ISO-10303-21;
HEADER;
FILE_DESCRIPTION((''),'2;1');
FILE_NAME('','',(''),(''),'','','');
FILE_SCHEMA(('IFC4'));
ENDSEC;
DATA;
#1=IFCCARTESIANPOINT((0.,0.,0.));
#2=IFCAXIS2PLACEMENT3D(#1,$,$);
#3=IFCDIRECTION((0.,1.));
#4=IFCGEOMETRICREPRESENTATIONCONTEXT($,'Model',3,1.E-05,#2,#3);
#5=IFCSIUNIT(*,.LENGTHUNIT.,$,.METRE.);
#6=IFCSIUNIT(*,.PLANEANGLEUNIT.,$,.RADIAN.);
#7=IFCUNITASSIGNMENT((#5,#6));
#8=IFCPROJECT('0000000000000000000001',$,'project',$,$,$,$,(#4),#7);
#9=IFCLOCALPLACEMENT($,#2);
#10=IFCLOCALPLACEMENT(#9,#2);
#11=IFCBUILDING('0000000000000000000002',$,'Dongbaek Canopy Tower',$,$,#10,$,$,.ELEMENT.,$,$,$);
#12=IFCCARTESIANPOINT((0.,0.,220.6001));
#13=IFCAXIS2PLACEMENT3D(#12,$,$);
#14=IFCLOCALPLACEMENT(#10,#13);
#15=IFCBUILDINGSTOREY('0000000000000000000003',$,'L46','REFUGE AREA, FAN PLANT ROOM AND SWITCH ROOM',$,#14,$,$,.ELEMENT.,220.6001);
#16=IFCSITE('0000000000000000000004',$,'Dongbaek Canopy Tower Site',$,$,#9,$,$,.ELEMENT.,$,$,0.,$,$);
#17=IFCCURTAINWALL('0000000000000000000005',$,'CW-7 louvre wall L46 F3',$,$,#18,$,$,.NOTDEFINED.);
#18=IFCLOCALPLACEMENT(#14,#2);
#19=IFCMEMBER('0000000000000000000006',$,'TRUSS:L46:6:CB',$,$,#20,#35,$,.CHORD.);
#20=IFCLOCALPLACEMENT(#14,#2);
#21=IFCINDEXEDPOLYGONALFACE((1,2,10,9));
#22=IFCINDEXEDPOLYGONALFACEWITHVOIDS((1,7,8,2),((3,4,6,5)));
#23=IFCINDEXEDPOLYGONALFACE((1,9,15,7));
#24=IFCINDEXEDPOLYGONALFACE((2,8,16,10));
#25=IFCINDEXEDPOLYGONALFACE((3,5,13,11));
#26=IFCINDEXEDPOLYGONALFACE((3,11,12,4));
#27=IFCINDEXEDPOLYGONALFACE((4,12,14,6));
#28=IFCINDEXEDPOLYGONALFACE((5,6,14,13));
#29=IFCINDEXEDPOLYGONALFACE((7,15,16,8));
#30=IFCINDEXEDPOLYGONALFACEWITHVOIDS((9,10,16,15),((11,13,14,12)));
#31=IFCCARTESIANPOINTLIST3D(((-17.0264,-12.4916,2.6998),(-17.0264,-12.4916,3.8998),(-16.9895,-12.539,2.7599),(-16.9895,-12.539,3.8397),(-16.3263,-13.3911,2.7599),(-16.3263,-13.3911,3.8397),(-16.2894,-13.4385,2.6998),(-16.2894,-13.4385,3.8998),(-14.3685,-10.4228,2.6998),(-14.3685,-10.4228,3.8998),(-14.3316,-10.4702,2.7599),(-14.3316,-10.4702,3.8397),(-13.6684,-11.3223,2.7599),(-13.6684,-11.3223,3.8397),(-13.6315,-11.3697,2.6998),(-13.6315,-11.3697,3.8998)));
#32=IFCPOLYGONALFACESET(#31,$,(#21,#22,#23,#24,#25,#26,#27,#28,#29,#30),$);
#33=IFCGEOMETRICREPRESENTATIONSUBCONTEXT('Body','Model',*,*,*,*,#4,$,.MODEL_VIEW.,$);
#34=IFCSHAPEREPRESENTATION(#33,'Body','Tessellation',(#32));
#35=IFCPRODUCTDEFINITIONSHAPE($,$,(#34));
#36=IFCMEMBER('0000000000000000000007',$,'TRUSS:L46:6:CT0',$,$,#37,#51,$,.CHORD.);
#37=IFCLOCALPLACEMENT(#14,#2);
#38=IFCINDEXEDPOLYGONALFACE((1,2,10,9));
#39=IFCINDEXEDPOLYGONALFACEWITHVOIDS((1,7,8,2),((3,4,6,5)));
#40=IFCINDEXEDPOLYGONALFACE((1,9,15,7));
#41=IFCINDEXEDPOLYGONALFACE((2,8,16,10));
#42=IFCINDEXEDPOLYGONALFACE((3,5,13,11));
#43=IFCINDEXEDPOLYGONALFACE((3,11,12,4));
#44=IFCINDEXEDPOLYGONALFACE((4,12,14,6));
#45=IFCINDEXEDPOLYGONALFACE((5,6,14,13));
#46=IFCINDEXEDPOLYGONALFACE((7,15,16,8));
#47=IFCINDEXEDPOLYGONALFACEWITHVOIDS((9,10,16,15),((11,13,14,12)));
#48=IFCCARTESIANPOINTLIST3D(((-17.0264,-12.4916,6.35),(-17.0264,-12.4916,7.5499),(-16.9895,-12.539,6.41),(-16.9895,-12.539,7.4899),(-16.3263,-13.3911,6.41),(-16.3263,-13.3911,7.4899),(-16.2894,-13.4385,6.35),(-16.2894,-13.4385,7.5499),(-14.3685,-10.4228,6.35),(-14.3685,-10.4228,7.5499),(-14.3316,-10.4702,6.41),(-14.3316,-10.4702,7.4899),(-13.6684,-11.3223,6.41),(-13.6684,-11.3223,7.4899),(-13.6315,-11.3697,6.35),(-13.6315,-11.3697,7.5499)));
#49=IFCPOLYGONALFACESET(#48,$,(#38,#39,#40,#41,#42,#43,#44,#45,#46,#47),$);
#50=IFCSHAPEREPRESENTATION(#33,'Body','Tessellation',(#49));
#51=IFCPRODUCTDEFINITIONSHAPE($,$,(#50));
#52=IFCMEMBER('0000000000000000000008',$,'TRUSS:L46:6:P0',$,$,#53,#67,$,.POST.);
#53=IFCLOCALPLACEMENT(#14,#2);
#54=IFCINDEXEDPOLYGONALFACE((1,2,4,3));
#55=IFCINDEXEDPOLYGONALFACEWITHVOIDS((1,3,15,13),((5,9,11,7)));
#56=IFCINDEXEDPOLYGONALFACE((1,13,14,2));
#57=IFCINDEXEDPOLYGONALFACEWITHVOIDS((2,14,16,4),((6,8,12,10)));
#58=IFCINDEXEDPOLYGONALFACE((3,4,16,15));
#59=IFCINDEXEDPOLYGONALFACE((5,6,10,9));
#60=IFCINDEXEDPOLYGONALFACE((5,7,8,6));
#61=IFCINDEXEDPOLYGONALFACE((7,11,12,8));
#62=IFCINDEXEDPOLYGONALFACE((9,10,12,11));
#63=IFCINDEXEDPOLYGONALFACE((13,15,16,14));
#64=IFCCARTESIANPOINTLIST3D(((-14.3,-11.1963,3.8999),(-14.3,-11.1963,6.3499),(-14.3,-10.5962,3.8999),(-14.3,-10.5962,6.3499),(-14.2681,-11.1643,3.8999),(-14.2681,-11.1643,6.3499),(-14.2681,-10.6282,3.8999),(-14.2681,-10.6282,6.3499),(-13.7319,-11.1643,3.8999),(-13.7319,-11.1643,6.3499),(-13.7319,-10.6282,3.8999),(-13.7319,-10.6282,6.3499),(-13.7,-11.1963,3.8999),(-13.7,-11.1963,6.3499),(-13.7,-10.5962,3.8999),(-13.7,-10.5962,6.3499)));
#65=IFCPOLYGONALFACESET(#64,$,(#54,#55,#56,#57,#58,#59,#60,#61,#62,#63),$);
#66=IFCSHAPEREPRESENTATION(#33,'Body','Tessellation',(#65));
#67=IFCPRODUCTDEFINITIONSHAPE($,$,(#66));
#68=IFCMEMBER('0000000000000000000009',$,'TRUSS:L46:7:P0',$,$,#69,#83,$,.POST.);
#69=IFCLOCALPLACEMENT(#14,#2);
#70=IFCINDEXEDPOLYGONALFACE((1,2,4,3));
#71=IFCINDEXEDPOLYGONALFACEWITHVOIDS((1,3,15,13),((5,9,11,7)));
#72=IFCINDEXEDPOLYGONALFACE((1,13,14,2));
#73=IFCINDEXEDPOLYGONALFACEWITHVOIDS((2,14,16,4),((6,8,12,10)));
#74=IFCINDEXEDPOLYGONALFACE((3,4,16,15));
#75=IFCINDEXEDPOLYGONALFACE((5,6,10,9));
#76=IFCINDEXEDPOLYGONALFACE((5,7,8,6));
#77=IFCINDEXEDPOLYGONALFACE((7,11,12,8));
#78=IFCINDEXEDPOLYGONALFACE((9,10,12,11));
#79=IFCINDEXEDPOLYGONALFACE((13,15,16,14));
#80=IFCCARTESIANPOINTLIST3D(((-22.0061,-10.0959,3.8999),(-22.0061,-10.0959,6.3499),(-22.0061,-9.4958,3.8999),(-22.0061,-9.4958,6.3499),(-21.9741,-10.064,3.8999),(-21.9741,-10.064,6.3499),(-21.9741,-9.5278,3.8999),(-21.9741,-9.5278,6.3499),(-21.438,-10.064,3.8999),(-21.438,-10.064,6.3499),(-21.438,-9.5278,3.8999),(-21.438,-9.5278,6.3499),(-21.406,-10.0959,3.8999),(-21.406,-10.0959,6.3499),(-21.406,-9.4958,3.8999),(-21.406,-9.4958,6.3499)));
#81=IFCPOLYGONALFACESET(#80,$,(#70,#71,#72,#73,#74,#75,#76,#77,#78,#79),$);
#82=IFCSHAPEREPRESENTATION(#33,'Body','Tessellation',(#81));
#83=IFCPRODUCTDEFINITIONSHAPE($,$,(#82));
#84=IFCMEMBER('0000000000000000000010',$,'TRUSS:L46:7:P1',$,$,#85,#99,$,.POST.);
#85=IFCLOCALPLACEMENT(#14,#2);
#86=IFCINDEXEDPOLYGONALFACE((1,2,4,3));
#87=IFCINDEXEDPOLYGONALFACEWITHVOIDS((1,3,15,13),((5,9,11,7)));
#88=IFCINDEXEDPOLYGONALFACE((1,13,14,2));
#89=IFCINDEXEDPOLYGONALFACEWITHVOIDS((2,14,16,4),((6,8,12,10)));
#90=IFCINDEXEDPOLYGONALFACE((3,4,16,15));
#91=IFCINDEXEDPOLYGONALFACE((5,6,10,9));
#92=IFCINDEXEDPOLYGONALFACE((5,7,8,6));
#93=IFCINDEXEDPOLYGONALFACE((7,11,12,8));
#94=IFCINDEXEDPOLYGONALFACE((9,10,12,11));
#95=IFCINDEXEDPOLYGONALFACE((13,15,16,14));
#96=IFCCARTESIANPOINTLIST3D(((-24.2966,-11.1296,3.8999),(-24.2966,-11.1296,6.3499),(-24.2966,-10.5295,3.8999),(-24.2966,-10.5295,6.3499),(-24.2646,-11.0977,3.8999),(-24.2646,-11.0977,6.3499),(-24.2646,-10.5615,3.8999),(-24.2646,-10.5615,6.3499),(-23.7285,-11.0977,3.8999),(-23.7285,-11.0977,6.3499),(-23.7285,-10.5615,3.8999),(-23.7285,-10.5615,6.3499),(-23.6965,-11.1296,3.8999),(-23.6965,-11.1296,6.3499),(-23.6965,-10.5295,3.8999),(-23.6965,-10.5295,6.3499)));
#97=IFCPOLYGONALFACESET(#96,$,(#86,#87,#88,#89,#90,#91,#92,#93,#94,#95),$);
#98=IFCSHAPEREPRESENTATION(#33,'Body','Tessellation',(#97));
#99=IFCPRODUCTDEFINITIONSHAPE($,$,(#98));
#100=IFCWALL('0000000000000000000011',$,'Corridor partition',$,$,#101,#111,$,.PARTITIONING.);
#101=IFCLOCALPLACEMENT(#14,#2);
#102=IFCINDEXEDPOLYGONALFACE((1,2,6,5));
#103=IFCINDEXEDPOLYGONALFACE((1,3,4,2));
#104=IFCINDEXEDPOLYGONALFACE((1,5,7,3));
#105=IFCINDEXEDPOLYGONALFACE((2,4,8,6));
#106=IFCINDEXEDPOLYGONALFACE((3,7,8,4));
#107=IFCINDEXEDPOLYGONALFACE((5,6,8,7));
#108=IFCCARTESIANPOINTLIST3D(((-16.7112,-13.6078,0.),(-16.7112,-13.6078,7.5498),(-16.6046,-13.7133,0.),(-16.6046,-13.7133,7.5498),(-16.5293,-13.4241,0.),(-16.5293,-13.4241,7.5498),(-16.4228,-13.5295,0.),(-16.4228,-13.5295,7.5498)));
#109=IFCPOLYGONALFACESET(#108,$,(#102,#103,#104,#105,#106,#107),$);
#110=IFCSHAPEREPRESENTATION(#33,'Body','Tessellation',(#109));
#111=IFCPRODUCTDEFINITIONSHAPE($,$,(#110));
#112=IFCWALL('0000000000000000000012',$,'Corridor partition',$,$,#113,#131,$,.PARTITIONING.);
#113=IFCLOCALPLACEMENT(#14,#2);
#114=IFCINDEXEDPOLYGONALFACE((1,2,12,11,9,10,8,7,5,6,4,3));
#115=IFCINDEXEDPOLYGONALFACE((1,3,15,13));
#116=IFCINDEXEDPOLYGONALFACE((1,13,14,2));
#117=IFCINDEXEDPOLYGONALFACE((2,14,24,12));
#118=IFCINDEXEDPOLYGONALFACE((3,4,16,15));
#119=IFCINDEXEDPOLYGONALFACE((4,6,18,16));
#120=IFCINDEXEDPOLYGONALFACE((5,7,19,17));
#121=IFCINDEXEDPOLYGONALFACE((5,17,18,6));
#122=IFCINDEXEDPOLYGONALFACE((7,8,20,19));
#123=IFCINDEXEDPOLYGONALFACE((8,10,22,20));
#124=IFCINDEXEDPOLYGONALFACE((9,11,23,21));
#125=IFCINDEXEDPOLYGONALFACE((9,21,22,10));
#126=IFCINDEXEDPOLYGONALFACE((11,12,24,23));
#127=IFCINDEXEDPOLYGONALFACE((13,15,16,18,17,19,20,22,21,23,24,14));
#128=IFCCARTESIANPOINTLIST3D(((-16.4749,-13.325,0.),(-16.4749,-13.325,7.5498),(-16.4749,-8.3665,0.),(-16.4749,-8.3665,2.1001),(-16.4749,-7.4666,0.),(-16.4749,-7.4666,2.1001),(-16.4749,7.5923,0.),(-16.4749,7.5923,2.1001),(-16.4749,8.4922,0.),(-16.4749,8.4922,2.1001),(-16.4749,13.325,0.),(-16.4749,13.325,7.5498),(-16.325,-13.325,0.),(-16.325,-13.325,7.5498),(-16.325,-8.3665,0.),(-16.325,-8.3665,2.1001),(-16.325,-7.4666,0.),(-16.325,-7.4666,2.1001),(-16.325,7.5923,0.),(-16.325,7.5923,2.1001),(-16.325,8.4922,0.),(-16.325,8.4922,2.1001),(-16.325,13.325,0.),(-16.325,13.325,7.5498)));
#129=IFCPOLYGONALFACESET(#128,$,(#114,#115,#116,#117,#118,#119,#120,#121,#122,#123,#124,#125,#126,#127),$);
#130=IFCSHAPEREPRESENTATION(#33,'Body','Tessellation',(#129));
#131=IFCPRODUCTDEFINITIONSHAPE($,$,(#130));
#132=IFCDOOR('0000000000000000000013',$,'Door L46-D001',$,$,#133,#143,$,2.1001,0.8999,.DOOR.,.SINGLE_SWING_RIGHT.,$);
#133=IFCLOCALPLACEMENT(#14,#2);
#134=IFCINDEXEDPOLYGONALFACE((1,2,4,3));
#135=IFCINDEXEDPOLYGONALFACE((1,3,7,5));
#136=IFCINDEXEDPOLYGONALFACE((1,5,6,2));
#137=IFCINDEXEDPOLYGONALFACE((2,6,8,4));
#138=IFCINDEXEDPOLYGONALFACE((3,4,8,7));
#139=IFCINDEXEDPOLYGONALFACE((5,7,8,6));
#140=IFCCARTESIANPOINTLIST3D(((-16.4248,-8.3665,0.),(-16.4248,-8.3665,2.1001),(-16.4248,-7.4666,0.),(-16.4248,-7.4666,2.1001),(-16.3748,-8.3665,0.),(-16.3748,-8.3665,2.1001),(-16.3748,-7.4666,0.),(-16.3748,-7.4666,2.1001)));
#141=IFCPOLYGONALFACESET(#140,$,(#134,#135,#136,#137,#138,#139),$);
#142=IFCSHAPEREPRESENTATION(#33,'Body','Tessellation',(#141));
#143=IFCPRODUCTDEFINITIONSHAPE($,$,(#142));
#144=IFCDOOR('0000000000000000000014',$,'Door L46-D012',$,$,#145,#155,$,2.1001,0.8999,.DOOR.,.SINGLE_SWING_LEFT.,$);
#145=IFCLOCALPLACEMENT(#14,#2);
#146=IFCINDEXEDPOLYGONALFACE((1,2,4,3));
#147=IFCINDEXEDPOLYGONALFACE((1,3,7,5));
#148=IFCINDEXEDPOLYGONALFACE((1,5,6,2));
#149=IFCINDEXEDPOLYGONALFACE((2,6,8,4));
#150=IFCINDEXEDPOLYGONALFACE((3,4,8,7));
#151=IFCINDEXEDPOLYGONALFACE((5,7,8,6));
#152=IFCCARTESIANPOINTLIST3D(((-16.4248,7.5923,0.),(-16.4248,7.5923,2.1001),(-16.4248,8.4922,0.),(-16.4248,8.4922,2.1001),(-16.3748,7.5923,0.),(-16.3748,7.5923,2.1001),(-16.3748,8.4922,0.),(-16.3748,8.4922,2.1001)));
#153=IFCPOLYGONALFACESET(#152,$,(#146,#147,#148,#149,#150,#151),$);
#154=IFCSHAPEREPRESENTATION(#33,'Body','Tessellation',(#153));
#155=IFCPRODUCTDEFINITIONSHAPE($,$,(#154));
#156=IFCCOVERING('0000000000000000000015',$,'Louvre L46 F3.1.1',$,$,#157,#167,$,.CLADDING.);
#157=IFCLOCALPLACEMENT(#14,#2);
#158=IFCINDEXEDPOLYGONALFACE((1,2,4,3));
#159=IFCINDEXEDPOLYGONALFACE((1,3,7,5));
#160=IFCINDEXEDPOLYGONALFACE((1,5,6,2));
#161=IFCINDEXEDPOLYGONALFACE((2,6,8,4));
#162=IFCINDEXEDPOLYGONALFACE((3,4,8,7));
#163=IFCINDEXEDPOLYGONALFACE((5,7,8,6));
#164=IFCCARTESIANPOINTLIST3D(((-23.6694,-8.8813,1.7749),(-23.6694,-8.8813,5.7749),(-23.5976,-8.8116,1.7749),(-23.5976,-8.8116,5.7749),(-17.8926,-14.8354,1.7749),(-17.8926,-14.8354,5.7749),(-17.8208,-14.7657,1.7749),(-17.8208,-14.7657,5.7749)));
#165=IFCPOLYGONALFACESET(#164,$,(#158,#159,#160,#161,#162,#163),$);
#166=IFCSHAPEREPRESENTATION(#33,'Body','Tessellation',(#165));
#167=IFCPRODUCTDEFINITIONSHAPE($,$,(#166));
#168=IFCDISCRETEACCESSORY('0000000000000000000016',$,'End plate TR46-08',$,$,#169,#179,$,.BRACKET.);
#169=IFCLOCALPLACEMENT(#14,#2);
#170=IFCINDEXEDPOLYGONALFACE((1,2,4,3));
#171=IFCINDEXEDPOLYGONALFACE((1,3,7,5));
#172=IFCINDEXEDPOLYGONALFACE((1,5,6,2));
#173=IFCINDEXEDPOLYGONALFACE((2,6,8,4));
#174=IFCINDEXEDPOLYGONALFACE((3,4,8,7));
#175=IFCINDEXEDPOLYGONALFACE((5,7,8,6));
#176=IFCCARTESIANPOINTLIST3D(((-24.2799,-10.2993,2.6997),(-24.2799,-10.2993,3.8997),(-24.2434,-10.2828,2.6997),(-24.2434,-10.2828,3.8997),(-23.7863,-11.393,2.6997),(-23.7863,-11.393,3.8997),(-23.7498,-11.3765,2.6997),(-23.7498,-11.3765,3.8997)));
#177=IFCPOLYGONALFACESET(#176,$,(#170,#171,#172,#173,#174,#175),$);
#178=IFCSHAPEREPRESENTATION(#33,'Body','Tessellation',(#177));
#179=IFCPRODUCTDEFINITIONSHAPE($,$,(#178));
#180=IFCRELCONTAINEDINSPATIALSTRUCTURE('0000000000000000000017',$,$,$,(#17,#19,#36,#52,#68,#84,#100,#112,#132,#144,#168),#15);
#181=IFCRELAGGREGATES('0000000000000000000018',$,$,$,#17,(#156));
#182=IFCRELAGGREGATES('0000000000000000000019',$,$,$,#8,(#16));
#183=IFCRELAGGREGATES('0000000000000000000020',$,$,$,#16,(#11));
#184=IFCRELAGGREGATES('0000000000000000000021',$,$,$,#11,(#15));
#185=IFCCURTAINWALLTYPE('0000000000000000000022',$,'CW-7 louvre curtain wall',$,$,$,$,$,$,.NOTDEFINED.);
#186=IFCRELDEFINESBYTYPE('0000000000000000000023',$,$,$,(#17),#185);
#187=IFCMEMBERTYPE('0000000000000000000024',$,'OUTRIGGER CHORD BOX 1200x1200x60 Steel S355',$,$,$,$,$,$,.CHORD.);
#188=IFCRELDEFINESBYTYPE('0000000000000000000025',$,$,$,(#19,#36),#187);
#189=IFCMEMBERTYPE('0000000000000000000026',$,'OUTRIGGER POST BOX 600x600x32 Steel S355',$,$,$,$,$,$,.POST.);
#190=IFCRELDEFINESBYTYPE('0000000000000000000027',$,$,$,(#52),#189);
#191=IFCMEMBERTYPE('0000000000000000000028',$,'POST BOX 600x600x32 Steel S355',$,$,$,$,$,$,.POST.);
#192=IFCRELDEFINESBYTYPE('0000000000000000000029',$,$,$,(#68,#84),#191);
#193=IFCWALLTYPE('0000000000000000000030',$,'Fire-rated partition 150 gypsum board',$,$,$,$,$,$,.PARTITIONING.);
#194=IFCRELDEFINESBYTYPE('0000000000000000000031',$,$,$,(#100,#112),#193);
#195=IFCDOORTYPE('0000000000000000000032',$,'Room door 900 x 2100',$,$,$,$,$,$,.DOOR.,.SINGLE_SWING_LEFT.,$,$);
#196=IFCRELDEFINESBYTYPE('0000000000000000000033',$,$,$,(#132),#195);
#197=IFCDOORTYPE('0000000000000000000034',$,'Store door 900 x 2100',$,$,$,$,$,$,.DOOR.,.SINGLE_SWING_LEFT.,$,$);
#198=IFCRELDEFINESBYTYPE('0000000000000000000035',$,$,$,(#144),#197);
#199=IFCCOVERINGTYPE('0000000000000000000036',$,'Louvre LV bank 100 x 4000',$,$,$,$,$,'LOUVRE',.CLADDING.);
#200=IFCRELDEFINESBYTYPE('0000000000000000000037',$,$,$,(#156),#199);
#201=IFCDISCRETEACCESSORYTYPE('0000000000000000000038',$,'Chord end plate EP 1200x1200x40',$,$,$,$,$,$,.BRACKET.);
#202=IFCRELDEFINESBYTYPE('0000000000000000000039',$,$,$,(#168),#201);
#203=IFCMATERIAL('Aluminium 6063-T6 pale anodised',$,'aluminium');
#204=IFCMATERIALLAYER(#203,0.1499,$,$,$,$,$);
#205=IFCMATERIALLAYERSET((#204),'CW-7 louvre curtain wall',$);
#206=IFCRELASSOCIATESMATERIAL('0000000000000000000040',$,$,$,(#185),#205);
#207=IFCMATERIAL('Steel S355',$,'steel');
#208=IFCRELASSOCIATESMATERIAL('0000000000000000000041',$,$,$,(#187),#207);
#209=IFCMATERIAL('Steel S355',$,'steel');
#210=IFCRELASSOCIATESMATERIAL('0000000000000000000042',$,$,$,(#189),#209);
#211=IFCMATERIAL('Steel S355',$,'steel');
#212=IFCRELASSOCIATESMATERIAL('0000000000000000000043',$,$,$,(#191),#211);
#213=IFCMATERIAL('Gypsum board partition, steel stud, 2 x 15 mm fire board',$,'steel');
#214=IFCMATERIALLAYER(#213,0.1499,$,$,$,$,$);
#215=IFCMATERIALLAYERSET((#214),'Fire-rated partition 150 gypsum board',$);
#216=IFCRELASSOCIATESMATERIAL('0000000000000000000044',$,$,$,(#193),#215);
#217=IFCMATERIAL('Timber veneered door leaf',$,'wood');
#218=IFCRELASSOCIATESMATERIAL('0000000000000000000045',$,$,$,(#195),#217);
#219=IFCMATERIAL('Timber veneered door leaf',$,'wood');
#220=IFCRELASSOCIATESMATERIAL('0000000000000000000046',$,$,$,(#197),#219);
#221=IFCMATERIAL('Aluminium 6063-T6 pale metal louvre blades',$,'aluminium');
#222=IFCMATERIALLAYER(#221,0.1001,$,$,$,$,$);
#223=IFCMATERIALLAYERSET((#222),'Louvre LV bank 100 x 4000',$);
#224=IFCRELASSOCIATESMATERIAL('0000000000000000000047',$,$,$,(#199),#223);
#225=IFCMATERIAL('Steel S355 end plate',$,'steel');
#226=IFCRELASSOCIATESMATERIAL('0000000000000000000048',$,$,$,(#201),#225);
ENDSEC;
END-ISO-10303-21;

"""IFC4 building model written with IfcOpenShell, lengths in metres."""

from ifc_helpers import new_model, si_unit, direction, frame, frame_2d, origin, origin_2d, place, context, subcontext, project, spatial, rectangle, hollow_rectangle, extrude, material, layer, layer_set, material_profile, profile_set, type_object, element, fill, aggregate, save


model = new_model("IFC4")

# Units and contexts
model_context = context("Model", 3, precision=1e-05, world=origin(), true_north=direction((0.0, 1.0)))
body_context = subcontext(model_context, "Body", "Model", "MODEL_VIEW")
ifc_project = project(units=[si_unit("LENGTHUNIT", "METRE"), si_unit("PLANEANGLEUNIT", "RADIAN")], contexts=[model_context])

# Site, building, storey
site_placement = place(None, origin())
site = spatial("IfcSite", under=ifc_project, at=site_placement, Name="Dongbaek Canopy Tower Site", CompositionType="ELEMENT", RefElevation=0.0)
building_placement = place(site_placement, origin())
building = spatial("IfcBuilding", under=site, at=building_placement, Name="Dongbaek Canopy Tower", CompositionType="ELEMENT")
storey_placement = place(building_placement, frame((0.0, 0.0, 220.6001)))
storey = spatial("IfcBuildingStorey", under=building, at=storey_placement, Name="L46", Description="REFUGE AREA, FAN PLANT ROOM AND SWITCH ROOM", CompositionType="ELEMENT", Elevation=220.6001)

# Shared definitions
ifc_material_1 = material(Name="Aluminium 6063-T6 pale anodised", Category="aluminium")
ifc_layer_1 = layer(ifc_material_1, 0.1499)
ifc_layer_set_1 = layer_set([ifc_layer_1], Name="CW-7 louvre curtain wall")
curtain_wall_type = type_object("IfcCurtainWallType", Name="CW-7 louvre curtain wall", PredefinedType="NOTDEFINED", material=ifc_layer_set_1)

# Curtain wall
curtain_wall_1_placement = place(storey_placement, origin())
curtain_wall_1 = element("IfcCurtainWall", 1, at=curtain_wall_1_placement, inside=storey, type_object=curtain_wall_type, Name="CW-7 louvre wall L46 F3", PredefinedType="NOTDEFINED")

# Members
ifc_material_2 = material(Name="Steel S355", Category="steel")
ifc_material_profile_1 = material_profile(ifc_material_2, hollow_rectangle(XDim=1.2, YDim=1.2, WallThickness=0.0601, at=origin_2d()), Name="OUTRIGGER CHORD BOX 1200x1200x60 Steel S355")
ifc_profile_set_1 = profile_set([ifc_material_profile_1], Name="Steel S355")
member_type_1 = type_object("IfcMemberType", Name="OUTRIGGER CHORD BOX 1200x1200x60 Steel S355", PredefinedType="CHORD", material=ifc_profile_set_1)
for number, where, z_axis, x_axis, name in (
    (2, (-14.0, -10.8962, 3.2998), (-0.78913, -0.614227, 0.0), (0.614227, -0.78913, 0.0), "TRUSS:L46:6:CB"),
    (3, (-14.0, -10.8962, 6.95), (-0.78913, -0.614227, 0.0), (0.614227, -0.78913, 0.0), "TRUSS:L46:6:CT0"),
):
    element("IfcMember", number, at=place(storey_placement, frame(where, z_axis=z_axis, x_axis=x_axis)), inside=storey, type_object=member_type_1, Name=name, PredefinedType="CHORD", context=body_context, shape_type="SweptSolid", body=[
        extrude(hollow_rectangle(XDim=1.2, YDim=1.2, WallThickness=0.0601, at=origin_2d()), origin(), (0.0, 0.0, 1.0), 3.3682),
    ])
ifc_material_3 = material(Name="Steel S355", Category="steel")
ifc_material_profile_2 = material_profile(ifc_material_3, hollow_rectangle(XDim=0.6001, YDim=0.6001, WallThickness=0.032, at=origin_2d()), Name="OUTRIGGER POST BOX 600x600x32 Steel S355")
ifc_profile_set_2 = profile_set([ifc_material_profile_2], Name="Steel S355")
member_type_2 = type_object("IfcMemberType", Name="OUTRIGGER POST BOX 600x600x32 Steel S355", PredefinedType="POST", material=ifc_profile_set_2)
member_1_placement = place(storey_placement, frame((-14.0, -10.8962, 3.8999), z_axis=(0.0, 0.0, 1.0), x_axis=(1.0, 0.0, 0.0)))
element("IfcMember", 4, at=member_1_placement, inside=storey, type_object=member_type_2, Name="TRUSS:L46:6:P0", PredefinedType="POST", context=body_context, shape_type="SweptSolid", body=[
    extrude(hollow_rectangle(XDim=0.6001, YDim=0.6001, WallThickness=0.032, at=origin_2d()), origin(), (0.0, 0.0, 1.0), 2.45),
])
ifc_material_4 = material(Name="Steel S355", Category="steel")
ifc_material_profile_3 = material_profile(ifc_material_4, hollow_rectangle(XDim=0.6001, YDim=0.6001, WallThickness=0.032, at=origin_2d()), Name="POST BOX 600x600x32 Steel S355")
ifc_profile_set_3 = profile_set([ifc_material_profile_3], Name="Steel S355")
member_type_3 = type_object("IfcMemberType", Name="POST BOX 600x600x32 Steel S355", PredefinedType="POST", material=ifc_profile_set_3)
for number, where, z_axis, x_axis, name in (
    (5, (-21.7061, -9.7959, 3.8999), (0.0, 0.0, 1.0), (1.0, 0.0, 0.0), "TRUSS:L46:7:P0"),
    (6, (-23.9966, -10.8296, 3.8999), (0.0, 0.0, 1.0), (1.0, 0.0, 0.0), "TRUSS:L46:7:P1"),
):
    element("IfcMember", number, at=place(storey_placement, frame(where, z_axis=z_axis, x_axis=x_axis)), inside=storey, type_object=member_type_3, Name=name, PredefinedType="POST", context=body_context, shape_type="SweptSolid", body=[
        extrude(hollow_rectangle(XDim=0.6001, YDim=0.6001, WallThickness=0.032, at=origin_2d()), origin(), (0.0, 0.0, 1.0), 2.45),
    ])

# Wall
ifc_material_5 = material(Name="Gypsum board partition, steel stud, 2 x 15 mm fire board", Category="steel")
ifc_layer_2 = layer(ifc_material_5, 0.1499)
ifc_layer_set_2 = layer_set([ifc_layer_2], Name="Fire-rated partition 150 gypsum board")
wall_type = type_object("IfcWallType", Name="Fire-rated partition 150 gypsum board", PredefinedType="PARTITIONING", material=ifc_layer_set_2)
wall_1_placement = place(storey_placement, frame((-16.658, -13.6606, 0.0), z_axis=(0.0, 0.0, 1.0), x_axis=(0.70332, 0.710873, 0.0)))
element("IfcWall", 7, at=wall_1_placement, inside=storey, type_object=wall_type, Name="Corridor partition", PredefinedType="PARTITIONING", context=body_context, shape_type="SweptSolid", body=[
    extrude(rectangle(XDim=0.2585, YDim=0.1499, at=frame_2d((0.1294, 0.0))), origin(), (0.0, 0.0, 1.0), 7.5498),
])

# Wall, openings, doors
wall_2_placement = place(storey_placement, frame((-16.3999, -13.325, 0.0), z_axis=(0.0, 0.0, 1.0), x_axis=(0.0, 1.0, 0.0)))
wall_2 = element("IfcWall", 8, at=wall_2_placement, inside=storey, type_object=wall_type, Name="Corridor partition", PredefinedType="PARTITIONING", context=body_context, shape_type="SweptSolid", body=[
    extrude(rectangle(XDim=26.6499, YDim=0.1499, at=frame_2d((13.325, 0.0))), origin(), (0.0, 0.0, 1.0), 7.5498),
])
opening_1_placement = place(wall_2_placement, frame((4.9585, 0.0, 0.0)))
opening_1 = element("IfcOpeningElement", 9, at=opening_1_placement, cuts=wall_2, PredefinedType="OPENING", context=body_context, shape_type="SweptSolid", body=[
    extrude(rectangle(XDim=0.8999, YDim=2.1001, at=frame_2d((0.45, 1.05))), frame((0.0, 0.085, 0.0), z_axis=(0.0, -1.0, 0.0), x_axis=(1.0, 0.0, 0.0)), (0.0, 0.0, 1.0), 0.1699),
])
opening_2_placement = place(wall_2_placement, frame((20.9172, 0.0, 0.0)))
opening_2 = element("IfcOpeningElement", 10, at=opening_2_placement, cuts=wall_2, PredefinedType="OPENING", context=body_context, shape_type="SweptSolid", body=[
    extrude(rectangle(XDim=0.8999, YDim=2.1001, at=frame_2d((0.45, 1.05))), frame((0.0, 0.085, 0.0), z_axis=(0.0, -1.0, 0.0), x_axis=(1.0, 0.0, 0.0)), (0.0, 0.0, 1.0), 0.1699),
])
ifc_material_6 = material(Name="Timber veneered door leaf", Category="wood")
door_type_1 = type_object("IfcDoorType", Name="Room door 900 x 2100", OperationType="SINGLE_SWING_LEFT", PredefinedType="DOOR", material=ifc_material_6)
door_1_placement = place(opening_1_placement, origin())
door_1 = element("IfcDoor", 11, at=door_1_placement, inside=storey, type_object=door_type_1, Name="Door L46-D001", OperationType="SINGLE_SWING_RIGHT", OverallHeight=2.1001, OverallWidth=0.8999, PredefinedType="DOOR", context=body_context, shape_type="SweptSolid", body=[
    extrude(rectangle(XDim=0.8999, YDim=2.1001, at=frame_2d((0.45, 1.05))), frame((0.0, 0.0249, 0.0), z_axis=(0.0, -1.0, 0.0), x_axis=(1.0, 0.0, 0.0)), (0.0, 0.0, 1.0), 0.05),
])
fill(opening_1, door_1)
ifc_material_7 = material(Name="Timber veneered door leaf", Category="wood")
door_type_2 = type_object("IfcDoorType", Name="Store door 900 x 2100", OperationType="SINGLE_SWING_LEFT", PredefinedType="DOOR", material=ifc_material_7)
door_2_placement = place(opening_2_placement, origin())
door_2 = element("IfcDoor", 12, at=door_2_placement, inside=storey, type_object=door_type_2, Name="Door L46-D012", OperationType="SINGLE_SWING_LEFT", OverallHeight=2.1001, OverallWidth=0.8999, PredefinedType="DOOR", context=body_context, shape_type="SweptSolid", body=[
    extrude(rectangle(XDim=0.8999, YDim=2.1001, at=frame_2d((0.45, 1.05))), frame((0.0, 0.0249, 0.0), z_axis=(0.0, -1.0, 0.0), x_axis=(1.0, 0.0, 0.0)), (0.0, 0.0, 1.0), 0.05),
])
fill(opening_2, door_2)

# Covering
ifc_material_8 = material(Name="Aluminium 6063-T6 pale metal louvre blades", Category="aluminium")
ifc_layer_3 = layer(ifc_material_8, 0.1001)
ifc_layer_set_3 = layer_set([ifc_layer_3], Name="Louvre LV bank 100 x 4000")
covering_type = type_object("IfcCoveringType", Name="Louvre LV bank 100 x 4000", ElementType="LOUVRE", PredefinedType="CLADDING", material=ifc_layer_set_3)
covering_placement = place(storey_placement, frame((-20.7451, -11.8235, 1.7749), z_axis=(0.0, 0.0, 1.0), x_axis=(0.696344, -0.717708, 0.0)))
covering = element("IfcCovering", 13, at=covering_placement, type_object=covering_type, Name="Louvre L46 F3.1.1", PredefinedType="CLADDING", context=body_context, shape_type="SweptSolid", body=[
    extrude(rectangle(XDim=8.2959, YDim=0.1001, at=origin_2d()), origin(), (0.0, 0.0, 1.0), 4.0),
])

# Discrete accessory
ifc_material_9 = material(Name="Steel S355 end plate", Category="steel")
discrete_accessory_type_1 = type_object("IfcDiscreteAccessoryType", Name="Chord end plate EP 1200x1200x40", PredefinedType="BRACKET", material=ifc_material_9)
discrete_accessory_1_placement = place(storey_placement, frame((-24.0149, -10.8379, 2.6997), z_axis=(0.0, 0.0, 1.0), x_axis=(0.91148, 0.411344, 0.0)))
element("IfcDiscreteAccessory", 14, at=discrete_accessory_1_placement, inside=storey, type_object=discrete_accessory_type_1, Name="End plate TR46-08", PredefinedType="BRACKET", context=body_context, shape_type="SweptSolid", body=[
    extrude(rectangle(XDim=0.04, YDim=1.2, at=origin_2d()), origin(), (0.0, 0.0, 1.0), 1.2),
])
aggregate(curtain_wall_1, [covering])

save(model, "model.ifc")
